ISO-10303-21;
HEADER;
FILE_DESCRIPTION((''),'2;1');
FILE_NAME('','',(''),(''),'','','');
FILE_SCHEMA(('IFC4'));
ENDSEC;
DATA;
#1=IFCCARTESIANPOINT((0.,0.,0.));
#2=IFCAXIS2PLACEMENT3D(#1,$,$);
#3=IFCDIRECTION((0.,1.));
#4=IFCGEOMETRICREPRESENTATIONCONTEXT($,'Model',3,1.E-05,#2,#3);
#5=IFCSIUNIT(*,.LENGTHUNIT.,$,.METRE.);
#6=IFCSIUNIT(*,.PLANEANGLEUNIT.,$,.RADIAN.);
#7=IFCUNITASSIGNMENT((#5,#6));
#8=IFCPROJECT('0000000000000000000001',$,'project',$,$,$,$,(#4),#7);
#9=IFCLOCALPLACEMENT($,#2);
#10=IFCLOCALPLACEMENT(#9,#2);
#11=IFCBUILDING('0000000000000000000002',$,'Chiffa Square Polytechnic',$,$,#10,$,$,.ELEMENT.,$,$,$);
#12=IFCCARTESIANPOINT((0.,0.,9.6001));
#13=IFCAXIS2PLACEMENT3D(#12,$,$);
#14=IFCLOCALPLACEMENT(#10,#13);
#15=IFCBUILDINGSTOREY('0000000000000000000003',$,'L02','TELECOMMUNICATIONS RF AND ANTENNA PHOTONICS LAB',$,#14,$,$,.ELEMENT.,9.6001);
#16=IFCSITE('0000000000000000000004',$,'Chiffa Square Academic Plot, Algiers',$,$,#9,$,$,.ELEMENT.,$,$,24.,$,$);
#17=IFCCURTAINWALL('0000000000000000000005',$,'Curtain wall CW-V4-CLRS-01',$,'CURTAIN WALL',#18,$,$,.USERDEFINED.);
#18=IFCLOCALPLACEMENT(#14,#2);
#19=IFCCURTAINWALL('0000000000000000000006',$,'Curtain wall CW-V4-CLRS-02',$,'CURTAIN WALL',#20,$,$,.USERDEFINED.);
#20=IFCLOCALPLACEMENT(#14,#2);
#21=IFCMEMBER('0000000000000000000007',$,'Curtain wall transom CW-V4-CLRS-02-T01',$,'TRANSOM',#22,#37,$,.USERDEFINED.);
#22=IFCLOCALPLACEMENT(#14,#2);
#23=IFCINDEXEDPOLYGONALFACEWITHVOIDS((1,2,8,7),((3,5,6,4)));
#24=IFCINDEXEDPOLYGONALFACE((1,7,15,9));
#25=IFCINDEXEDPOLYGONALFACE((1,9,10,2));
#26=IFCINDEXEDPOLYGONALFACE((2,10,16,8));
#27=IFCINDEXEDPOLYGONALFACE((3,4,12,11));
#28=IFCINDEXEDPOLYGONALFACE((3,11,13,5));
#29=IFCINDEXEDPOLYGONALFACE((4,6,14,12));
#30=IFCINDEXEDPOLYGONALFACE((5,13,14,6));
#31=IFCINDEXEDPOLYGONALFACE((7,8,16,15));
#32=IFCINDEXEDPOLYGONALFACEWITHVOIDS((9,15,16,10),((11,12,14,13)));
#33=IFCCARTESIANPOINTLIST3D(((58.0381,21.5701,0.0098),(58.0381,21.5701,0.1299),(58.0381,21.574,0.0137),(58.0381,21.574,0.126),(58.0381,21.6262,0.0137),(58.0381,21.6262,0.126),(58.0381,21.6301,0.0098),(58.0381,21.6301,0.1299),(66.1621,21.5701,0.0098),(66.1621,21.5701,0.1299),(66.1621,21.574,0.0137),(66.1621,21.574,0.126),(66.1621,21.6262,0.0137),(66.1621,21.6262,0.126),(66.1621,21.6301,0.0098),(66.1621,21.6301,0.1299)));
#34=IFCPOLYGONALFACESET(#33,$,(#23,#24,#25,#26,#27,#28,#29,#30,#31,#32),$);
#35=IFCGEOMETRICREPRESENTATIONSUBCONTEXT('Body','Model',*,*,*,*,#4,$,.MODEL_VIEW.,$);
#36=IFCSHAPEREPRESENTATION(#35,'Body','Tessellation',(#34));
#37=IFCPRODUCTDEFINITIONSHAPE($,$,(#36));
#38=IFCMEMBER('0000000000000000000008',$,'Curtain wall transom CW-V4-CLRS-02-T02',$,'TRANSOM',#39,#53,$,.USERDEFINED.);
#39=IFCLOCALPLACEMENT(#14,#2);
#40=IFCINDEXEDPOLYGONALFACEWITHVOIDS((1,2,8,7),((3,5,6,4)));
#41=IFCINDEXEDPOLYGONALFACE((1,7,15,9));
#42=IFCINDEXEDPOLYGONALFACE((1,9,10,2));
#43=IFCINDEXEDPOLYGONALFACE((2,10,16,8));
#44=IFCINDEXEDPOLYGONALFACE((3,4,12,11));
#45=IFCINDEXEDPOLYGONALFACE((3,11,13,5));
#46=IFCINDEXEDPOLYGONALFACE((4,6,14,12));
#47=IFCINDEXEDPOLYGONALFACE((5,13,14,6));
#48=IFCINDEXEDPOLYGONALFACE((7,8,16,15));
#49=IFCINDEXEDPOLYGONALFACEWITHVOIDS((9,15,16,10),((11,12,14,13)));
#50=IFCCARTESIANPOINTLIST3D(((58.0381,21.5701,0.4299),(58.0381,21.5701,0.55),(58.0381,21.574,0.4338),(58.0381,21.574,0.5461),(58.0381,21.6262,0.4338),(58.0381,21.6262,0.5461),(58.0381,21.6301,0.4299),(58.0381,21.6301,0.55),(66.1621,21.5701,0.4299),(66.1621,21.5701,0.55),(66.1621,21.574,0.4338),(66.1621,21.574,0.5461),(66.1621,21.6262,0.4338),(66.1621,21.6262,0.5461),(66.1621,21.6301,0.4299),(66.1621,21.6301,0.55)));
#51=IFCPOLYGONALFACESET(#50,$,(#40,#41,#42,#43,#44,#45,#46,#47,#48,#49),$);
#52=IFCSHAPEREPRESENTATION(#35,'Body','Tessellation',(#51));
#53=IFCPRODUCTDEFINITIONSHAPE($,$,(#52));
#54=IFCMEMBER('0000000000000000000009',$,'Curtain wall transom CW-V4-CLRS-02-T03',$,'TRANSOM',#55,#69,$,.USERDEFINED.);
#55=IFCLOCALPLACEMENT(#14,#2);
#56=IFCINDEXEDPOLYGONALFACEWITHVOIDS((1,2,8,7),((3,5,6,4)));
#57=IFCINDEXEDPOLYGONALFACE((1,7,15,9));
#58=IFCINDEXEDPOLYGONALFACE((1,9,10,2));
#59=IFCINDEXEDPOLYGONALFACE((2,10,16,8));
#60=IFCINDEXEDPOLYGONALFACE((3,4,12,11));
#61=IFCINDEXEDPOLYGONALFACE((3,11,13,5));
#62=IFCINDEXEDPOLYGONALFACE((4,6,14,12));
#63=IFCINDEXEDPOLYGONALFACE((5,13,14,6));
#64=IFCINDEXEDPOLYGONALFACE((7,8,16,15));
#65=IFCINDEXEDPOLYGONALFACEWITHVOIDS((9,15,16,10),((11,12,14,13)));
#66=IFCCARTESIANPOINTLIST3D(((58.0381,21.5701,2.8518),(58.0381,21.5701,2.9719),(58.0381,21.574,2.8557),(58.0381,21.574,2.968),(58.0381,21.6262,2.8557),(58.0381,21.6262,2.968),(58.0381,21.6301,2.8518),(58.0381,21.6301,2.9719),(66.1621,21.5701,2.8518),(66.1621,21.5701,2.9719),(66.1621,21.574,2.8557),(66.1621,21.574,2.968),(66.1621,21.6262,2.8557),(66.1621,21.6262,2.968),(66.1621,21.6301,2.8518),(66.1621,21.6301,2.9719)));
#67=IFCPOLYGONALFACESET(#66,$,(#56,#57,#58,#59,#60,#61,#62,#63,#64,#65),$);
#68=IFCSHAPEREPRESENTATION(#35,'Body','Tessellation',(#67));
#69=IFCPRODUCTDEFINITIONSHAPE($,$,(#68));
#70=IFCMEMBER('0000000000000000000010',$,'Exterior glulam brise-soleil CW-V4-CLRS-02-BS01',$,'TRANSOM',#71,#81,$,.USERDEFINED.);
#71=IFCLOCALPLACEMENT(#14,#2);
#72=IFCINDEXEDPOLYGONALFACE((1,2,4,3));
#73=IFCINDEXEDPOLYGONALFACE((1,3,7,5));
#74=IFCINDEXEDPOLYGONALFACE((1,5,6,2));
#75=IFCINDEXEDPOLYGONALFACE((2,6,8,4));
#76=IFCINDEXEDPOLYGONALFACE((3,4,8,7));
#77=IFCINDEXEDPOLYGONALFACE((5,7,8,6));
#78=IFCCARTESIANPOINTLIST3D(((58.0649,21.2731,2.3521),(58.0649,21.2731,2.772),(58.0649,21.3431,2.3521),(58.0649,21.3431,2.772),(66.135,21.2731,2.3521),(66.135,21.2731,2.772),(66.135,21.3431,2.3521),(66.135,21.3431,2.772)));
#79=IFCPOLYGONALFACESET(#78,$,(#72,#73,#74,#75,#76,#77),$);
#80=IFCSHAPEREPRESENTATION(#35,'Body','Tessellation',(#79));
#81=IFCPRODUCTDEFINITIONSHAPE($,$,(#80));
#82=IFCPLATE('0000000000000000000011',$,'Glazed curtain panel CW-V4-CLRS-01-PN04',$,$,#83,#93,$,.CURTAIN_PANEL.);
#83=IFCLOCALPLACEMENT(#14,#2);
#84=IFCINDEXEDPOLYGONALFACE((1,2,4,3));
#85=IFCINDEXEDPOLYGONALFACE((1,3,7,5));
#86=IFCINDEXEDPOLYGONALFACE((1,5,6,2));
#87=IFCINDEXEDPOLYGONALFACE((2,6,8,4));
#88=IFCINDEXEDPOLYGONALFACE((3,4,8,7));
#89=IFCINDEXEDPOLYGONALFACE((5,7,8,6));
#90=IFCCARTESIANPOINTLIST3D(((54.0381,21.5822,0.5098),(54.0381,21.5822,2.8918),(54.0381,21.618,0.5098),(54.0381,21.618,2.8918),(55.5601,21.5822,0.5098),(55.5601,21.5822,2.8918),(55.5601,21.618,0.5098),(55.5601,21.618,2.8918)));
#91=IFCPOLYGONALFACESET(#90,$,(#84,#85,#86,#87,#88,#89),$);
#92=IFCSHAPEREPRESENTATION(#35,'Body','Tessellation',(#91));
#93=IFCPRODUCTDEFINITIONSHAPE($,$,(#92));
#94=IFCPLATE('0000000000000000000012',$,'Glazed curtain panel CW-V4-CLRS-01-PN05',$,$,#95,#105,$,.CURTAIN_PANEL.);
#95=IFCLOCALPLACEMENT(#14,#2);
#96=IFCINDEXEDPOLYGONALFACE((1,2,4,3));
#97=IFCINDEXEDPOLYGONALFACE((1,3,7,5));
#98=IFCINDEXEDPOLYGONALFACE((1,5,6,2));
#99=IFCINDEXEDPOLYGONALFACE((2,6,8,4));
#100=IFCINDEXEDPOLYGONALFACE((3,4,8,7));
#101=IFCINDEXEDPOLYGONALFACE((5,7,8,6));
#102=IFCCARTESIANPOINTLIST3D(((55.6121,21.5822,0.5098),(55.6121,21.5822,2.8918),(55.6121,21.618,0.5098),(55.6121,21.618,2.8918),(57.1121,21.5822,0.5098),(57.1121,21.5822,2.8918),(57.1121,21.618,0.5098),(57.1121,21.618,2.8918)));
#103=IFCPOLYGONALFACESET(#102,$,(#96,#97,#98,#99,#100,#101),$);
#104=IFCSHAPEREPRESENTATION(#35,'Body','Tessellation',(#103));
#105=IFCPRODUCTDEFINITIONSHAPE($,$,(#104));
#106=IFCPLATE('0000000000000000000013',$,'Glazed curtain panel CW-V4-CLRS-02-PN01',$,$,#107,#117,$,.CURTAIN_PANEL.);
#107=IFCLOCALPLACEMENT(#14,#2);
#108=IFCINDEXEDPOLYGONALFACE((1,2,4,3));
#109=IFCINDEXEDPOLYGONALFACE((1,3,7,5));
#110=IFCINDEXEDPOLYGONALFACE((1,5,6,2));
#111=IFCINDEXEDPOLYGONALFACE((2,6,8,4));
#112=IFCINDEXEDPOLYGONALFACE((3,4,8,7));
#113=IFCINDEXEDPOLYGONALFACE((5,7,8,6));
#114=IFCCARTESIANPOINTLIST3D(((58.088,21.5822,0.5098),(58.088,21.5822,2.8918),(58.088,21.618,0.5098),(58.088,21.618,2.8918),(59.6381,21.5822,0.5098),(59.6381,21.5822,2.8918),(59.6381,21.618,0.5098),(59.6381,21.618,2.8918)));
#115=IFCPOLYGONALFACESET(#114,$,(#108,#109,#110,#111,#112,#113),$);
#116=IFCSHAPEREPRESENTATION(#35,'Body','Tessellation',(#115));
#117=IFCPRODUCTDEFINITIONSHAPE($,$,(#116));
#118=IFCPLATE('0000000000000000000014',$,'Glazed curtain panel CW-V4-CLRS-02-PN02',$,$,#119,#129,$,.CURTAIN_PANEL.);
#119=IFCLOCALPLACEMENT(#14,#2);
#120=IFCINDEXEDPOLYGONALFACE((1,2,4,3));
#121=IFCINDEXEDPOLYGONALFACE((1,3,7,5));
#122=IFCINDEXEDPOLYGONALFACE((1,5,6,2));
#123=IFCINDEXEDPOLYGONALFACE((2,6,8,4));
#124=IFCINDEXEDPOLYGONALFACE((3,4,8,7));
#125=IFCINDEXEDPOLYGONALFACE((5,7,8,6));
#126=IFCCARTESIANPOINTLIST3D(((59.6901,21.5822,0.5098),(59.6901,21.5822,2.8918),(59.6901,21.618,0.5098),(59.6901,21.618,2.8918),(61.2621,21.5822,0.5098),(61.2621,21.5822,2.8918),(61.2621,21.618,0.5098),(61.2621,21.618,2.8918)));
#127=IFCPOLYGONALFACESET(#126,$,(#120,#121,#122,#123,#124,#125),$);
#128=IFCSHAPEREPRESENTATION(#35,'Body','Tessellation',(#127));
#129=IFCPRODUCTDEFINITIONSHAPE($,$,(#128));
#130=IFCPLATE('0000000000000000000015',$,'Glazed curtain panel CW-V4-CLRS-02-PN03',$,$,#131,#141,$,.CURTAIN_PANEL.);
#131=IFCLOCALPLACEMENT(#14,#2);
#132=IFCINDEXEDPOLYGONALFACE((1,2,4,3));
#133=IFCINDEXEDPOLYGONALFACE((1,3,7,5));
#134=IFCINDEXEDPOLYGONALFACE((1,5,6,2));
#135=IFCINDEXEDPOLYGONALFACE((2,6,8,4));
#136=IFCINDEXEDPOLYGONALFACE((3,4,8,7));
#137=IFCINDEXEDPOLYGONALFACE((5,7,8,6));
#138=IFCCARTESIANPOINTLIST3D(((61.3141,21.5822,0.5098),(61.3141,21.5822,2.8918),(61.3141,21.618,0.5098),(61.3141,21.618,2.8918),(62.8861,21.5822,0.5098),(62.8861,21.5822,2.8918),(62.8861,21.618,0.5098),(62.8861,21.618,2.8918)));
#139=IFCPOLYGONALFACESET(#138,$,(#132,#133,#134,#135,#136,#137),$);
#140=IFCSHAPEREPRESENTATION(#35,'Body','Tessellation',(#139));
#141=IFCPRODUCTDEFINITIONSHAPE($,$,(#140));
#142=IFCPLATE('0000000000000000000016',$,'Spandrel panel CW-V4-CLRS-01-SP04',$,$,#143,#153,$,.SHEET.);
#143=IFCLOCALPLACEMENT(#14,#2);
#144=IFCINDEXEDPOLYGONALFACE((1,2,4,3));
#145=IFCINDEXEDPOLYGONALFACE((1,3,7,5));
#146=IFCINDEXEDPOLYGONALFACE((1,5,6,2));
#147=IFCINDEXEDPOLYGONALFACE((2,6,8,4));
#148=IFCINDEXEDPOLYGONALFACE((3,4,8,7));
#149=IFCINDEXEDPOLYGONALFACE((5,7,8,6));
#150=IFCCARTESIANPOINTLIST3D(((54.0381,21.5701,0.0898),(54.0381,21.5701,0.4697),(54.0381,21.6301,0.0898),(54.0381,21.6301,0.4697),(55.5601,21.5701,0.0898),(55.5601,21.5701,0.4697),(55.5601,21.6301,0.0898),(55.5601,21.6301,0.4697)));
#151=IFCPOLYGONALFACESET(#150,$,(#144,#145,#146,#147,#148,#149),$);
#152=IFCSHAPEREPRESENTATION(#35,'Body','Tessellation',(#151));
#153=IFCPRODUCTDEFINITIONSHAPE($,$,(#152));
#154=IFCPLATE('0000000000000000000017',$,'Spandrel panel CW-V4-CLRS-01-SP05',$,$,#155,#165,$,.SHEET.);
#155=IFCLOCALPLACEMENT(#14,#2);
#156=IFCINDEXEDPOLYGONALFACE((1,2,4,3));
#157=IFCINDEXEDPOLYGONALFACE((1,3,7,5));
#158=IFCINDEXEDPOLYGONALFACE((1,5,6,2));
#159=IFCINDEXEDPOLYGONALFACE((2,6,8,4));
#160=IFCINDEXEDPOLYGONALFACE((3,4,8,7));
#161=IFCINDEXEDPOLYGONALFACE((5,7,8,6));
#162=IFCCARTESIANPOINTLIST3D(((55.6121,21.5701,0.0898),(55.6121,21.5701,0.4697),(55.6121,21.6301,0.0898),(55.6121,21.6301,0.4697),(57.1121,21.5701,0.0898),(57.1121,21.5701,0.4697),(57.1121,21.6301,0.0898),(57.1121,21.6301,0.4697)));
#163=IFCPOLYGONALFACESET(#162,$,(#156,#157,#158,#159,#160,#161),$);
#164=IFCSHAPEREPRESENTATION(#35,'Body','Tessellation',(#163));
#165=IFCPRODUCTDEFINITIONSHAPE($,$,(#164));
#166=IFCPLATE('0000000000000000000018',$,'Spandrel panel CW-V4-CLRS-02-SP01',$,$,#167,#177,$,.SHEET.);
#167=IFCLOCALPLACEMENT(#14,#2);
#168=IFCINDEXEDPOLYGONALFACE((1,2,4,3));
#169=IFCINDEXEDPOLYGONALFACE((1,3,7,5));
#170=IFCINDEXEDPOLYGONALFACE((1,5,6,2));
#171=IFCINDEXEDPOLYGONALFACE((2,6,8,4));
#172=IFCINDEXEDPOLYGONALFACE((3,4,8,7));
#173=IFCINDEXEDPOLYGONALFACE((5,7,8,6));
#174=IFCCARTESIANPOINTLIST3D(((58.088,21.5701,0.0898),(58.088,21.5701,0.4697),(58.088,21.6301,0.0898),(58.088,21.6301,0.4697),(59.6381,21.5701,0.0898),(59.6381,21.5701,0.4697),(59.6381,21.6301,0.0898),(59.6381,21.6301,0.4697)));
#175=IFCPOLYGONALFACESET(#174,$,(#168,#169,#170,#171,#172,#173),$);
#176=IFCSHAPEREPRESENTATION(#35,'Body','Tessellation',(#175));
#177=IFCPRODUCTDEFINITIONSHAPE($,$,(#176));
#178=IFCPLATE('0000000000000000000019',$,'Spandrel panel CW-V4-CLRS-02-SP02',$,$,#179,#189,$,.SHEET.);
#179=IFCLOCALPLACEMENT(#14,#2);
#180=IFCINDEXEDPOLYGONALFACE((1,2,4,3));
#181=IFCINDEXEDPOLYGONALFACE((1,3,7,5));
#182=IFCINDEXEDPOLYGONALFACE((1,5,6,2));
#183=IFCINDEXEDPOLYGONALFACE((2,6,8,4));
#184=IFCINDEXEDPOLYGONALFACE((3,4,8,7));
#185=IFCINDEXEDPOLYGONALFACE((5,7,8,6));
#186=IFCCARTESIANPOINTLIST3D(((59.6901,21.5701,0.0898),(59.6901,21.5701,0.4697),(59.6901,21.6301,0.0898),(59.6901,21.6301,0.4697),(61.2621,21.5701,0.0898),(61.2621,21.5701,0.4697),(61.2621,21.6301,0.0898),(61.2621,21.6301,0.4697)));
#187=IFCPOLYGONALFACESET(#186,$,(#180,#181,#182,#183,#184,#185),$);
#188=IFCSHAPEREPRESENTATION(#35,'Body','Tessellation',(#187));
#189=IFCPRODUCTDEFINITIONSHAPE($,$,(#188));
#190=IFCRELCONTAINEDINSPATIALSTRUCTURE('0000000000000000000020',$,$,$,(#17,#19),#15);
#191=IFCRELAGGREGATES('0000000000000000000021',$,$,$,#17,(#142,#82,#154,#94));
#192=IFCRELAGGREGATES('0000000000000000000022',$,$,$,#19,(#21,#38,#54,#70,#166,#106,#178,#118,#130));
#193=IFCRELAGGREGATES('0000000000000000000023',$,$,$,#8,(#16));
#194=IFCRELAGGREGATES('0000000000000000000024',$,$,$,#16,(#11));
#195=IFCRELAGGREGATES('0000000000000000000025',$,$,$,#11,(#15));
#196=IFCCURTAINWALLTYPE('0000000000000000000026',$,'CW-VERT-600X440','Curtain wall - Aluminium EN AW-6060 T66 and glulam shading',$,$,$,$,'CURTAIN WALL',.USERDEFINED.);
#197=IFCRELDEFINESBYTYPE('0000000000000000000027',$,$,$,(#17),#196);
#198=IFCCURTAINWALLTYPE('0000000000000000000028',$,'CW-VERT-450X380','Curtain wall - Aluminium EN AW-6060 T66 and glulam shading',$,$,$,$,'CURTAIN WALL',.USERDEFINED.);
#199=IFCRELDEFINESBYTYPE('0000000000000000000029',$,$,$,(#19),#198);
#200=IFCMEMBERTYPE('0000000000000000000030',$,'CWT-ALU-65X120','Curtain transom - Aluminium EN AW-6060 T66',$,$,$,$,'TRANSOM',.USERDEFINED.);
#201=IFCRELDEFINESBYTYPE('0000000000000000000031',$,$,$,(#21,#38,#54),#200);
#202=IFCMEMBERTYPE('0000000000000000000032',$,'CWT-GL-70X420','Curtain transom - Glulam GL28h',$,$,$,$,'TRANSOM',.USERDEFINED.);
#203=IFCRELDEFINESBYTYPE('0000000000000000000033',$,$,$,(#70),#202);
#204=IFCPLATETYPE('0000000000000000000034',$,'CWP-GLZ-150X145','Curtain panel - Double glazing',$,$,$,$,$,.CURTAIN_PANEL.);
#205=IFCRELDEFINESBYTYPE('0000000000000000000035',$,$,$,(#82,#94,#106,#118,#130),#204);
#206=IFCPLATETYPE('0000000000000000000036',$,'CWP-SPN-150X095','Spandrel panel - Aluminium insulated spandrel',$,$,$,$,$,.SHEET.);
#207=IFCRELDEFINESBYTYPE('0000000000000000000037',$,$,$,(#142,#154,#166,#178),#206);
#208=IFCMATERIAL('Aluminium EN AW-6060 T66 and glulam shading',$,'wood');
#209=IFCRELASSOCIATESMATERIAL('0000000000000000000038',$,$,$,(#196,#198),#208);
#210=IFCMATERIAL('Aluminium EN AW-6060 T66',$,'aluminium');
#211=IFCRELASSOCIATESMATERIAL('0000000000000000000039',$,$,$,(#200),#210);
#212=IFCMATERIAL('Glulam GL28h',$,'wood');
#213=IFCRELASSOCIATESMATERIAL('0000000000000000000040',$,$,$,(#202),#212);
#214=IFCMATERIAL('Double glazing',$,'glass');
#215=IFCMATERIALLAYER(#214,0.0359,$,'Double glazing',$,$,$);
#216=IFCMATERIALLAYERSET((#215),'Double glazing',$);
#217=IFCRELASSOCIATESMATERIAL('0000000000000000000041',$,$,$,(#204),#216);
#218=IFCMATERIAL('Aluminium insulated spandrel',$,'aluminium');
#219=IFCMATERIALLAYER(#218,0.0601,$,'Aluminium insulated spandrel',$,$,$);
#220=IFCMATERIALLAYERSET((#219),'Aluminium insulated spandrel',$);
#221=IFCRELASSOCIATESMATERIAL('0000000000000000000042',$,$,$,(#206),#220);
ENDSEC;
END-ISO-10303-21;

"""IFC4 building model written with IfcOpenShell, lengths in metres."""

from ifc_helpers import new_model, si_unit, direction, frame, origin, origin_2d, place, context, subcontext, project, spatial, rectangle, hollow_rectangle, extrude, material, layer, layer_set, material_profile, profile_set, type_object, element, aggregate, save


model = new_model("IFC4")

# Units and contexts
model_context = context("Model", 3, precision=1e-05, world=origin(), true_north=direction((0.0, 1.0)))
body_context = subcontext(model_context, "Body", "Model", "MODEL_VIEW")
ifc_project = project(units=[si_unit("LENGTHUNIT", "METRE"), si_unit("PLANEANGLEUNIT", "RADIAN")], contexts=[model_context])

# Site, building, storey
site_placement = place(None, origin())
site = spatial("IfcSite", under=ifc_project, at=site_placement, Name="Chiffa Square Academic Plot, Algiers", CompositionType="ELEMENT", RefElevation=24.0)
building_placement = place(site_placement, origin())
building = spatial("IfcBuilding", under=site, at=building_placement, Name="Chiffa Square Polytechnic", CompositionType="ELEMENT")
storey_placement = place(building_placement, frame((0.0, 0.0, 9.6001)))
storey = spatial("IfcBuildingStorey", under=building, at=storey_placement, Name="L02", Description="TELECOMMUNICATIONS RF AND ANTENNA PHOTONICS LAB", CompositionType="ELEMENT", Elevation=9.6001)

# Curtain walls
ifc_material_1 = material(Name="Aluminium EN AW-6060 T66 and glulam shading", Category="wood")
curtain_wall_type_1 = type_object("IfcCurtainWallType", Name="CW-VERT-600X440", Description="Curtain wall - Aluminium EN AW-6060 T66 and glulam shading", ElementType="CURTAIN WALL", PredefinedType="USERDEFINED", material=ifc_material_1)
curtain_wall_1_placement = place(storey_placement, origin())
curtain_wall_1 = element("IfcCurtainWall", 1, at=curtain_wall_1_placement, inside=storey, type_object=curtain_wall_type_1, Name="Curtain wall CW-V4-CLRS-01", ObjectType="CURTAIN WALL", PredefinedType="USERDEFINED")
ifc_material_2 = material(Name="Aluminium EN AW-6060 T66", Category="aluminium")
curtain_wall_type_2 = type_object("IfcCurtainWallType", Name="CW-VERT-450X380", Description="Curtain wall - Aluminium EN AW-6060 T66 and glulam shading", ElementType="CURTAIN WALL", PredefinedType="USERDEFINED", material=ifc_material_1)
curtain_wall_2_placement = place(storey_placement, origin())
curtain_wall_2 = element("IfcCurtainWall", 2, at=curtain_wall_2_placement, inside=storey, type_object=curtain_wall_type_2, Name="Curtain wall CW-V4-CLRS-02", ObjectType="CURTAIN WALL", PredefinedType="USERDEFINED")

# Members
ifc_material_3 = material(Name="Glulam GL28h", Category="wood")
ifc_material_profile_1 = material_profile(ifc_material_2, hollow_rectangle(XDim=0.0601, YDim=0.1201, WallThickness=0.0039, at=origin_2d()), Name="ALU 60x120x4")
ifc_profile_set_1 = profile_set([ifc_material_profile_1], Name="Aluminium EN AW-6060 T66")
member_type_1 = type_object("IfcMemberType", Name="CWT-ALU-65X120", Description="Curtain transom - Aluminium EN AW-6060 T66", ElementType="TRANSOM", PredefinedType="USERDEFINED", material=ifc_profile_set_1)
member_1_placement = place(storey_placement, frame((58.0381, 21.6001, 0.0698), z_axis=(1.0, 0.0, 0.0), x_axis=(0.0, 1.0, 0.0)))
member_1 = element("IfcMember", 3, at=member_1_placement, type_object=member_type_1, Name="Curtain wall transom CW-V4-CLRS-02-T01", ObjectType="TRANSOM", PredefinedType="USERDEFINED", context=body_context, shape_type="SweptSolid", body=[
    extrude(hollow_rectangle(XDim=0.0601, YDim=0.1201, WallThickness=0.0039, at=origin_2d()), origin(), (0.0, 0.0, 1.0), 8.124),
])
member_2_placement = place(storey_placement, frame((58.0381, 21.6001, 0.49), z_axis=(1.0, 0.0, 0.0), x_axis=(0.0, 1.0, 0.0)))
member_2 = element("IfcMember", 4, at=member_2_placement, type_object=member_type_1, Name="Curtain wall transom CW-V4-CLRS-02-T02", ObjectType="TRANSOM", PredefinedType="USERDEFINED", context=body_context, shape_type="SweptSolid", body=[
    extrude(hollow_rectangle(XDim=0.0601, YDim=0.1201, WallThickness=0.0039, at=origin_2d()), origin(), (0.0, 0.0, 1.0), 8.124),
])
member_3_placement = place(storey_placement, frame((58.0381, 21.6001, 2.9119), z_axis=(1.0, 0.0, 0.0), x_axis=(0.0, 1.0, 0.0)))
member_3 = element("IfcMember", 5, at=member_3_placement, type_object=member_type_1, Name="Curtain wall transom CW-V4-CLRS-02-T03", ObjectType="TRANSOM", PredefinedType="USERDEFINED", context=body_context, shape_type="SweptSolid", body=[
    extrude(hollow_rectangle(XDim=0.0601, YDim=0.1201, WallThickness=0.0039, at=origin_2d()), origin(), (0.0, 0.0, 1.0), 8.124),
])
ifc_material_profile_2 = material_profile(ifc_material_3, rectangle(XDim=0.0701, YDim=0.4199, at=origin_2d()), Name="GL28h 70x420")
ifc_profile_set_2 = profile_set([ifc_material_profile_2], Name="Glulam GL28h")
member_type_2 = type_object("IfcMemberType", Name="CWT-GL-70X420", Description="Curtain transom - Glulam GL28h", ElementType="TRANSOM", PredefinedType="USERDEFINED", material=ifc_profile_set_2)
member_4_placement = place(storey_placement, frame((58.0649, 21.3081, 2.562), z_axis=(1.0, 0.0, 0.0), x_axis=(0.0, 1.0, 0.0)))
member_4 = element("IfcMember", 6, at=member_4_placement, type_object=member_type_2, Name="Exterior glulam brise-soleil CW-V4-CLRS-02-BS01", ObjectType="TRANSOM", PredefinedType="USERDEFINED", context=body_context, shape_type="SweptSolid", body=[
    extrude(rectangle(XDim=0.0701, YDim=0.4199, at=origin_2d()), origin(), (0.0, 0.0, 1.0), 8.0701),
])

# Plates
ifc_material_4 = material(Name="Double glazing", Category="glass")
ifc_layer_1 = layer(ifc_material_4, 0.0359, Name="Double glazing")
ifc_layer_set_1 = layer_set([ifc_layer_1], Name="Double glazing")
plate_type_1 = type_object("IfcPlateType", Name="CWP-GLZ-150X145", Description="Curtain panel - Double glazing", PredefinedType="CURTAIN_PANEL", material=ifc_layer_set_1)
plate_1_placement = place(storey_placement, frame((54.7991, 21.6001, 0.5098), z_axis=(0.0, 0.0, 1.0), x_axis=(1.0, 0.0, 0.0)))
plate_1 = element("IfcPlate", 7, at=plate_1_placement, type_object=plate_type_1, Name="Glazed curtain panel CW-V4-CLRS-01-PN04", PredefinedType="CURTAIN_PANEL", context=body_context, shape_type="SweptSolid", body=[
    extrude(rectangle(XDim=1.522, YDim=0.0359, at=origin_2d()), origin(), (0.0, 0.0, 1.0), 2.3821),
])
plate_2_placement = place(storey_placement, frame((56.3621, 21.6001, 0.5098), z_axis=(0.0, 0.0, 1.0), x_axis=(1.0, 0.0, 0.0)))
plate_2 = element("IfcPlate", 8, at=plate_2_placement, type_object=plate_type_1, Name="Glazed curtain panel CW-V4-CLRS-01-PN05", PredefinedType="CURTAIN_PANEL", context=body_context, shape_type="SweptSolid", body=[
    extrude(rectangle(XDim=1.5, YDim=0.0359, at=origin_2d()), origin(), (0.0, 0.0, 1.0), 2.3821),
])
plate_3_placement = place(storey_placement, frame((58.863, 21.6001, 0.5098), z_axis=(0.0, 0.0, 1.0), x_axis=(1.0, 0.0, 0.0)))
plate_3 = element("IfcPlate", 9, at=plate_3_placement, type_object=plate_type_1, Name="Glazed curtain panel CW-V4-CLRS-02-PN01", PredefinedType="CURTAIN_PANEL", context=body_context, shape_type="SweptSolid", body=[
    extrude(rectangle(XDim=1.55, YDim=0.0359, at=origin_2d()), origin(), (0.0, 0.0, 1.0), 2.3821),
])
plate_4_placement = place(storey_placement, frame((60.4761, 21.6001, 0.5098), z_axis=(0.0, 0.0, 1.0), x_axis=(1.0, 0.0, 0.0)))
plate_4 = element("IfcPlate", 10, at=plate_4_placement, type_object=plate_type_1, Name="Glazed curtain panel CW-V4-CLRS-02-PN02", PredefinedType="CURTAIN_PANEL", context=body_context, shape_type="SweptSolid", body=[
    extrude(rectangle(XDim=1.572, YDim=0.0359, at=origin_2d()), origin(), (0.0, 0.0, 1.0), 2.3821),
])
plate_5_placement = place(storey_placement, frame((62.1001, 21.6001, 0.5098), z_axis=(0.0, 0.0, 1.0), x_axis=(1.0, 0.0, 0.0)))
plate_5 = element("IfcPlate", 11, at=plate_5_placement, type_object=plate_type_1, Name="Glazed curtain panel CW-V4-CLRS-02-PN03", PredefinedType="CURTAIN_PANEL", context=body_context, shape_type="SweptSolid", body=[
    extrude(rectangle(XDim=1.572, YDim=0.0359, at=origin_2d()), origin(), (0.0, 0.0, 1.0), 2.3821),
])
ifc_material_5 = material(Name="Aluminium insulated spandrel", Category="aluminium")
ifc_layer_2 = layer(ifc_material_5, 0.0601, Name="Aluminium insulated spandrel")
ifc_layer_set_2 = layer_set([ifc_layer_2], Name="Aluminium insulated spandrel")
plate_type_2 = type_object("IfcPlateType", Name="CWP-SPN-150X095", Description="Spandrel panel - Aluminium insulated spandrel", PredefinedType="SHEET", material=ifc_layer_set_2)
plate_6_placement = place(storey_placement, frame((54.7991, 21.6001, 0.0898), z_axis=(0.0, 0.0, 1.0), x_axis=(1.0, 0.0, 0.0)))
plate_6 = element("IfcPlate", 12, at=plate_6_placement, type_object=plate_type_2, Name="Spandrel panel CW-V4-CLRS-01-SP04", PredefinedType="SHEET", context=body_context, shape_type="SweptSolid", body=[
    extrude(rectangle(XDim=1.522, YDim=0.0601, at=origin_2d()), origin(), (0.0, 0.0, 1.0), 0.3799),
])
plate_7_placement = place(storey_placement, frame((56.3621, 21.6001, 0.0898), z_axis=(0.0, 0.0, 1.0), x_axis=(1.0, 0.0, 0.0)))
plate_7 = element("IfcPlate", 13, at=plate_7_placement, type_object=plate_type_2, Name="Spandrel panel CW-V4-CLRS-01-SP05", PredefinedType="SHEET", context=body_context, shape_type="SweptSolid", body=[
    extrude(rectangle(XDim=1.5, YDim=0.0601, at=origin_2d()), origin(), (0.0, 0.0, 1.0), 0.3799),
])
aggregate(curtain_wall_1, [plate_6, plate_1, plate_7, plate_2])
plate_8_placement = place(storey_placement, frame((58.863, 21.6001, 0.0898), z_axis=(0.0, 0.0, 1.0), x_axis=(1.0, 0.0, 0.0)))
plate_8 = element("IfcPlate", 14, at=plate_8_placement, type_object=plate_type_2, Name="Spandrel panel CW-V4-CLRS-02-SP01", PredefinedType="SHEET", context=body_context, shape_type="SweptSolid", body=[
    extrude(rectangle(XDim=1.55, YDim=0.0601, at=origin_2d()), origin(), (0.0, 0.0, 1.0), 0.3799),
])
plate_9_placement = place(storey_placement, frame((60.4761, 21.6001, 0.0898), z_axis=(0.0, 0.0, 1.0), x_axis=(1.0, 0.0, 0.0)))
plate_9 = element("IfcPlate", 15, at=plate_9_placement, type_object=plate_type_2, Name="Spandrel panel CW-V4-CLRS-02-SP02", PredefinedType="SHEET", context=body_context, shape_type="SweptSolid", body=[
    extrude(rectangle(XDim=1.572, YDim=0.0601, at=origin_2d()), origin(), (0.0, 0.0, 1.0), 0.3799),
])
aggregate(curtain_wall_2, [member_1, member_2, member_3, member_4, plate_8, plate_3, plate_9, plate_4, plate_5])

save(model, "model.ifc")
